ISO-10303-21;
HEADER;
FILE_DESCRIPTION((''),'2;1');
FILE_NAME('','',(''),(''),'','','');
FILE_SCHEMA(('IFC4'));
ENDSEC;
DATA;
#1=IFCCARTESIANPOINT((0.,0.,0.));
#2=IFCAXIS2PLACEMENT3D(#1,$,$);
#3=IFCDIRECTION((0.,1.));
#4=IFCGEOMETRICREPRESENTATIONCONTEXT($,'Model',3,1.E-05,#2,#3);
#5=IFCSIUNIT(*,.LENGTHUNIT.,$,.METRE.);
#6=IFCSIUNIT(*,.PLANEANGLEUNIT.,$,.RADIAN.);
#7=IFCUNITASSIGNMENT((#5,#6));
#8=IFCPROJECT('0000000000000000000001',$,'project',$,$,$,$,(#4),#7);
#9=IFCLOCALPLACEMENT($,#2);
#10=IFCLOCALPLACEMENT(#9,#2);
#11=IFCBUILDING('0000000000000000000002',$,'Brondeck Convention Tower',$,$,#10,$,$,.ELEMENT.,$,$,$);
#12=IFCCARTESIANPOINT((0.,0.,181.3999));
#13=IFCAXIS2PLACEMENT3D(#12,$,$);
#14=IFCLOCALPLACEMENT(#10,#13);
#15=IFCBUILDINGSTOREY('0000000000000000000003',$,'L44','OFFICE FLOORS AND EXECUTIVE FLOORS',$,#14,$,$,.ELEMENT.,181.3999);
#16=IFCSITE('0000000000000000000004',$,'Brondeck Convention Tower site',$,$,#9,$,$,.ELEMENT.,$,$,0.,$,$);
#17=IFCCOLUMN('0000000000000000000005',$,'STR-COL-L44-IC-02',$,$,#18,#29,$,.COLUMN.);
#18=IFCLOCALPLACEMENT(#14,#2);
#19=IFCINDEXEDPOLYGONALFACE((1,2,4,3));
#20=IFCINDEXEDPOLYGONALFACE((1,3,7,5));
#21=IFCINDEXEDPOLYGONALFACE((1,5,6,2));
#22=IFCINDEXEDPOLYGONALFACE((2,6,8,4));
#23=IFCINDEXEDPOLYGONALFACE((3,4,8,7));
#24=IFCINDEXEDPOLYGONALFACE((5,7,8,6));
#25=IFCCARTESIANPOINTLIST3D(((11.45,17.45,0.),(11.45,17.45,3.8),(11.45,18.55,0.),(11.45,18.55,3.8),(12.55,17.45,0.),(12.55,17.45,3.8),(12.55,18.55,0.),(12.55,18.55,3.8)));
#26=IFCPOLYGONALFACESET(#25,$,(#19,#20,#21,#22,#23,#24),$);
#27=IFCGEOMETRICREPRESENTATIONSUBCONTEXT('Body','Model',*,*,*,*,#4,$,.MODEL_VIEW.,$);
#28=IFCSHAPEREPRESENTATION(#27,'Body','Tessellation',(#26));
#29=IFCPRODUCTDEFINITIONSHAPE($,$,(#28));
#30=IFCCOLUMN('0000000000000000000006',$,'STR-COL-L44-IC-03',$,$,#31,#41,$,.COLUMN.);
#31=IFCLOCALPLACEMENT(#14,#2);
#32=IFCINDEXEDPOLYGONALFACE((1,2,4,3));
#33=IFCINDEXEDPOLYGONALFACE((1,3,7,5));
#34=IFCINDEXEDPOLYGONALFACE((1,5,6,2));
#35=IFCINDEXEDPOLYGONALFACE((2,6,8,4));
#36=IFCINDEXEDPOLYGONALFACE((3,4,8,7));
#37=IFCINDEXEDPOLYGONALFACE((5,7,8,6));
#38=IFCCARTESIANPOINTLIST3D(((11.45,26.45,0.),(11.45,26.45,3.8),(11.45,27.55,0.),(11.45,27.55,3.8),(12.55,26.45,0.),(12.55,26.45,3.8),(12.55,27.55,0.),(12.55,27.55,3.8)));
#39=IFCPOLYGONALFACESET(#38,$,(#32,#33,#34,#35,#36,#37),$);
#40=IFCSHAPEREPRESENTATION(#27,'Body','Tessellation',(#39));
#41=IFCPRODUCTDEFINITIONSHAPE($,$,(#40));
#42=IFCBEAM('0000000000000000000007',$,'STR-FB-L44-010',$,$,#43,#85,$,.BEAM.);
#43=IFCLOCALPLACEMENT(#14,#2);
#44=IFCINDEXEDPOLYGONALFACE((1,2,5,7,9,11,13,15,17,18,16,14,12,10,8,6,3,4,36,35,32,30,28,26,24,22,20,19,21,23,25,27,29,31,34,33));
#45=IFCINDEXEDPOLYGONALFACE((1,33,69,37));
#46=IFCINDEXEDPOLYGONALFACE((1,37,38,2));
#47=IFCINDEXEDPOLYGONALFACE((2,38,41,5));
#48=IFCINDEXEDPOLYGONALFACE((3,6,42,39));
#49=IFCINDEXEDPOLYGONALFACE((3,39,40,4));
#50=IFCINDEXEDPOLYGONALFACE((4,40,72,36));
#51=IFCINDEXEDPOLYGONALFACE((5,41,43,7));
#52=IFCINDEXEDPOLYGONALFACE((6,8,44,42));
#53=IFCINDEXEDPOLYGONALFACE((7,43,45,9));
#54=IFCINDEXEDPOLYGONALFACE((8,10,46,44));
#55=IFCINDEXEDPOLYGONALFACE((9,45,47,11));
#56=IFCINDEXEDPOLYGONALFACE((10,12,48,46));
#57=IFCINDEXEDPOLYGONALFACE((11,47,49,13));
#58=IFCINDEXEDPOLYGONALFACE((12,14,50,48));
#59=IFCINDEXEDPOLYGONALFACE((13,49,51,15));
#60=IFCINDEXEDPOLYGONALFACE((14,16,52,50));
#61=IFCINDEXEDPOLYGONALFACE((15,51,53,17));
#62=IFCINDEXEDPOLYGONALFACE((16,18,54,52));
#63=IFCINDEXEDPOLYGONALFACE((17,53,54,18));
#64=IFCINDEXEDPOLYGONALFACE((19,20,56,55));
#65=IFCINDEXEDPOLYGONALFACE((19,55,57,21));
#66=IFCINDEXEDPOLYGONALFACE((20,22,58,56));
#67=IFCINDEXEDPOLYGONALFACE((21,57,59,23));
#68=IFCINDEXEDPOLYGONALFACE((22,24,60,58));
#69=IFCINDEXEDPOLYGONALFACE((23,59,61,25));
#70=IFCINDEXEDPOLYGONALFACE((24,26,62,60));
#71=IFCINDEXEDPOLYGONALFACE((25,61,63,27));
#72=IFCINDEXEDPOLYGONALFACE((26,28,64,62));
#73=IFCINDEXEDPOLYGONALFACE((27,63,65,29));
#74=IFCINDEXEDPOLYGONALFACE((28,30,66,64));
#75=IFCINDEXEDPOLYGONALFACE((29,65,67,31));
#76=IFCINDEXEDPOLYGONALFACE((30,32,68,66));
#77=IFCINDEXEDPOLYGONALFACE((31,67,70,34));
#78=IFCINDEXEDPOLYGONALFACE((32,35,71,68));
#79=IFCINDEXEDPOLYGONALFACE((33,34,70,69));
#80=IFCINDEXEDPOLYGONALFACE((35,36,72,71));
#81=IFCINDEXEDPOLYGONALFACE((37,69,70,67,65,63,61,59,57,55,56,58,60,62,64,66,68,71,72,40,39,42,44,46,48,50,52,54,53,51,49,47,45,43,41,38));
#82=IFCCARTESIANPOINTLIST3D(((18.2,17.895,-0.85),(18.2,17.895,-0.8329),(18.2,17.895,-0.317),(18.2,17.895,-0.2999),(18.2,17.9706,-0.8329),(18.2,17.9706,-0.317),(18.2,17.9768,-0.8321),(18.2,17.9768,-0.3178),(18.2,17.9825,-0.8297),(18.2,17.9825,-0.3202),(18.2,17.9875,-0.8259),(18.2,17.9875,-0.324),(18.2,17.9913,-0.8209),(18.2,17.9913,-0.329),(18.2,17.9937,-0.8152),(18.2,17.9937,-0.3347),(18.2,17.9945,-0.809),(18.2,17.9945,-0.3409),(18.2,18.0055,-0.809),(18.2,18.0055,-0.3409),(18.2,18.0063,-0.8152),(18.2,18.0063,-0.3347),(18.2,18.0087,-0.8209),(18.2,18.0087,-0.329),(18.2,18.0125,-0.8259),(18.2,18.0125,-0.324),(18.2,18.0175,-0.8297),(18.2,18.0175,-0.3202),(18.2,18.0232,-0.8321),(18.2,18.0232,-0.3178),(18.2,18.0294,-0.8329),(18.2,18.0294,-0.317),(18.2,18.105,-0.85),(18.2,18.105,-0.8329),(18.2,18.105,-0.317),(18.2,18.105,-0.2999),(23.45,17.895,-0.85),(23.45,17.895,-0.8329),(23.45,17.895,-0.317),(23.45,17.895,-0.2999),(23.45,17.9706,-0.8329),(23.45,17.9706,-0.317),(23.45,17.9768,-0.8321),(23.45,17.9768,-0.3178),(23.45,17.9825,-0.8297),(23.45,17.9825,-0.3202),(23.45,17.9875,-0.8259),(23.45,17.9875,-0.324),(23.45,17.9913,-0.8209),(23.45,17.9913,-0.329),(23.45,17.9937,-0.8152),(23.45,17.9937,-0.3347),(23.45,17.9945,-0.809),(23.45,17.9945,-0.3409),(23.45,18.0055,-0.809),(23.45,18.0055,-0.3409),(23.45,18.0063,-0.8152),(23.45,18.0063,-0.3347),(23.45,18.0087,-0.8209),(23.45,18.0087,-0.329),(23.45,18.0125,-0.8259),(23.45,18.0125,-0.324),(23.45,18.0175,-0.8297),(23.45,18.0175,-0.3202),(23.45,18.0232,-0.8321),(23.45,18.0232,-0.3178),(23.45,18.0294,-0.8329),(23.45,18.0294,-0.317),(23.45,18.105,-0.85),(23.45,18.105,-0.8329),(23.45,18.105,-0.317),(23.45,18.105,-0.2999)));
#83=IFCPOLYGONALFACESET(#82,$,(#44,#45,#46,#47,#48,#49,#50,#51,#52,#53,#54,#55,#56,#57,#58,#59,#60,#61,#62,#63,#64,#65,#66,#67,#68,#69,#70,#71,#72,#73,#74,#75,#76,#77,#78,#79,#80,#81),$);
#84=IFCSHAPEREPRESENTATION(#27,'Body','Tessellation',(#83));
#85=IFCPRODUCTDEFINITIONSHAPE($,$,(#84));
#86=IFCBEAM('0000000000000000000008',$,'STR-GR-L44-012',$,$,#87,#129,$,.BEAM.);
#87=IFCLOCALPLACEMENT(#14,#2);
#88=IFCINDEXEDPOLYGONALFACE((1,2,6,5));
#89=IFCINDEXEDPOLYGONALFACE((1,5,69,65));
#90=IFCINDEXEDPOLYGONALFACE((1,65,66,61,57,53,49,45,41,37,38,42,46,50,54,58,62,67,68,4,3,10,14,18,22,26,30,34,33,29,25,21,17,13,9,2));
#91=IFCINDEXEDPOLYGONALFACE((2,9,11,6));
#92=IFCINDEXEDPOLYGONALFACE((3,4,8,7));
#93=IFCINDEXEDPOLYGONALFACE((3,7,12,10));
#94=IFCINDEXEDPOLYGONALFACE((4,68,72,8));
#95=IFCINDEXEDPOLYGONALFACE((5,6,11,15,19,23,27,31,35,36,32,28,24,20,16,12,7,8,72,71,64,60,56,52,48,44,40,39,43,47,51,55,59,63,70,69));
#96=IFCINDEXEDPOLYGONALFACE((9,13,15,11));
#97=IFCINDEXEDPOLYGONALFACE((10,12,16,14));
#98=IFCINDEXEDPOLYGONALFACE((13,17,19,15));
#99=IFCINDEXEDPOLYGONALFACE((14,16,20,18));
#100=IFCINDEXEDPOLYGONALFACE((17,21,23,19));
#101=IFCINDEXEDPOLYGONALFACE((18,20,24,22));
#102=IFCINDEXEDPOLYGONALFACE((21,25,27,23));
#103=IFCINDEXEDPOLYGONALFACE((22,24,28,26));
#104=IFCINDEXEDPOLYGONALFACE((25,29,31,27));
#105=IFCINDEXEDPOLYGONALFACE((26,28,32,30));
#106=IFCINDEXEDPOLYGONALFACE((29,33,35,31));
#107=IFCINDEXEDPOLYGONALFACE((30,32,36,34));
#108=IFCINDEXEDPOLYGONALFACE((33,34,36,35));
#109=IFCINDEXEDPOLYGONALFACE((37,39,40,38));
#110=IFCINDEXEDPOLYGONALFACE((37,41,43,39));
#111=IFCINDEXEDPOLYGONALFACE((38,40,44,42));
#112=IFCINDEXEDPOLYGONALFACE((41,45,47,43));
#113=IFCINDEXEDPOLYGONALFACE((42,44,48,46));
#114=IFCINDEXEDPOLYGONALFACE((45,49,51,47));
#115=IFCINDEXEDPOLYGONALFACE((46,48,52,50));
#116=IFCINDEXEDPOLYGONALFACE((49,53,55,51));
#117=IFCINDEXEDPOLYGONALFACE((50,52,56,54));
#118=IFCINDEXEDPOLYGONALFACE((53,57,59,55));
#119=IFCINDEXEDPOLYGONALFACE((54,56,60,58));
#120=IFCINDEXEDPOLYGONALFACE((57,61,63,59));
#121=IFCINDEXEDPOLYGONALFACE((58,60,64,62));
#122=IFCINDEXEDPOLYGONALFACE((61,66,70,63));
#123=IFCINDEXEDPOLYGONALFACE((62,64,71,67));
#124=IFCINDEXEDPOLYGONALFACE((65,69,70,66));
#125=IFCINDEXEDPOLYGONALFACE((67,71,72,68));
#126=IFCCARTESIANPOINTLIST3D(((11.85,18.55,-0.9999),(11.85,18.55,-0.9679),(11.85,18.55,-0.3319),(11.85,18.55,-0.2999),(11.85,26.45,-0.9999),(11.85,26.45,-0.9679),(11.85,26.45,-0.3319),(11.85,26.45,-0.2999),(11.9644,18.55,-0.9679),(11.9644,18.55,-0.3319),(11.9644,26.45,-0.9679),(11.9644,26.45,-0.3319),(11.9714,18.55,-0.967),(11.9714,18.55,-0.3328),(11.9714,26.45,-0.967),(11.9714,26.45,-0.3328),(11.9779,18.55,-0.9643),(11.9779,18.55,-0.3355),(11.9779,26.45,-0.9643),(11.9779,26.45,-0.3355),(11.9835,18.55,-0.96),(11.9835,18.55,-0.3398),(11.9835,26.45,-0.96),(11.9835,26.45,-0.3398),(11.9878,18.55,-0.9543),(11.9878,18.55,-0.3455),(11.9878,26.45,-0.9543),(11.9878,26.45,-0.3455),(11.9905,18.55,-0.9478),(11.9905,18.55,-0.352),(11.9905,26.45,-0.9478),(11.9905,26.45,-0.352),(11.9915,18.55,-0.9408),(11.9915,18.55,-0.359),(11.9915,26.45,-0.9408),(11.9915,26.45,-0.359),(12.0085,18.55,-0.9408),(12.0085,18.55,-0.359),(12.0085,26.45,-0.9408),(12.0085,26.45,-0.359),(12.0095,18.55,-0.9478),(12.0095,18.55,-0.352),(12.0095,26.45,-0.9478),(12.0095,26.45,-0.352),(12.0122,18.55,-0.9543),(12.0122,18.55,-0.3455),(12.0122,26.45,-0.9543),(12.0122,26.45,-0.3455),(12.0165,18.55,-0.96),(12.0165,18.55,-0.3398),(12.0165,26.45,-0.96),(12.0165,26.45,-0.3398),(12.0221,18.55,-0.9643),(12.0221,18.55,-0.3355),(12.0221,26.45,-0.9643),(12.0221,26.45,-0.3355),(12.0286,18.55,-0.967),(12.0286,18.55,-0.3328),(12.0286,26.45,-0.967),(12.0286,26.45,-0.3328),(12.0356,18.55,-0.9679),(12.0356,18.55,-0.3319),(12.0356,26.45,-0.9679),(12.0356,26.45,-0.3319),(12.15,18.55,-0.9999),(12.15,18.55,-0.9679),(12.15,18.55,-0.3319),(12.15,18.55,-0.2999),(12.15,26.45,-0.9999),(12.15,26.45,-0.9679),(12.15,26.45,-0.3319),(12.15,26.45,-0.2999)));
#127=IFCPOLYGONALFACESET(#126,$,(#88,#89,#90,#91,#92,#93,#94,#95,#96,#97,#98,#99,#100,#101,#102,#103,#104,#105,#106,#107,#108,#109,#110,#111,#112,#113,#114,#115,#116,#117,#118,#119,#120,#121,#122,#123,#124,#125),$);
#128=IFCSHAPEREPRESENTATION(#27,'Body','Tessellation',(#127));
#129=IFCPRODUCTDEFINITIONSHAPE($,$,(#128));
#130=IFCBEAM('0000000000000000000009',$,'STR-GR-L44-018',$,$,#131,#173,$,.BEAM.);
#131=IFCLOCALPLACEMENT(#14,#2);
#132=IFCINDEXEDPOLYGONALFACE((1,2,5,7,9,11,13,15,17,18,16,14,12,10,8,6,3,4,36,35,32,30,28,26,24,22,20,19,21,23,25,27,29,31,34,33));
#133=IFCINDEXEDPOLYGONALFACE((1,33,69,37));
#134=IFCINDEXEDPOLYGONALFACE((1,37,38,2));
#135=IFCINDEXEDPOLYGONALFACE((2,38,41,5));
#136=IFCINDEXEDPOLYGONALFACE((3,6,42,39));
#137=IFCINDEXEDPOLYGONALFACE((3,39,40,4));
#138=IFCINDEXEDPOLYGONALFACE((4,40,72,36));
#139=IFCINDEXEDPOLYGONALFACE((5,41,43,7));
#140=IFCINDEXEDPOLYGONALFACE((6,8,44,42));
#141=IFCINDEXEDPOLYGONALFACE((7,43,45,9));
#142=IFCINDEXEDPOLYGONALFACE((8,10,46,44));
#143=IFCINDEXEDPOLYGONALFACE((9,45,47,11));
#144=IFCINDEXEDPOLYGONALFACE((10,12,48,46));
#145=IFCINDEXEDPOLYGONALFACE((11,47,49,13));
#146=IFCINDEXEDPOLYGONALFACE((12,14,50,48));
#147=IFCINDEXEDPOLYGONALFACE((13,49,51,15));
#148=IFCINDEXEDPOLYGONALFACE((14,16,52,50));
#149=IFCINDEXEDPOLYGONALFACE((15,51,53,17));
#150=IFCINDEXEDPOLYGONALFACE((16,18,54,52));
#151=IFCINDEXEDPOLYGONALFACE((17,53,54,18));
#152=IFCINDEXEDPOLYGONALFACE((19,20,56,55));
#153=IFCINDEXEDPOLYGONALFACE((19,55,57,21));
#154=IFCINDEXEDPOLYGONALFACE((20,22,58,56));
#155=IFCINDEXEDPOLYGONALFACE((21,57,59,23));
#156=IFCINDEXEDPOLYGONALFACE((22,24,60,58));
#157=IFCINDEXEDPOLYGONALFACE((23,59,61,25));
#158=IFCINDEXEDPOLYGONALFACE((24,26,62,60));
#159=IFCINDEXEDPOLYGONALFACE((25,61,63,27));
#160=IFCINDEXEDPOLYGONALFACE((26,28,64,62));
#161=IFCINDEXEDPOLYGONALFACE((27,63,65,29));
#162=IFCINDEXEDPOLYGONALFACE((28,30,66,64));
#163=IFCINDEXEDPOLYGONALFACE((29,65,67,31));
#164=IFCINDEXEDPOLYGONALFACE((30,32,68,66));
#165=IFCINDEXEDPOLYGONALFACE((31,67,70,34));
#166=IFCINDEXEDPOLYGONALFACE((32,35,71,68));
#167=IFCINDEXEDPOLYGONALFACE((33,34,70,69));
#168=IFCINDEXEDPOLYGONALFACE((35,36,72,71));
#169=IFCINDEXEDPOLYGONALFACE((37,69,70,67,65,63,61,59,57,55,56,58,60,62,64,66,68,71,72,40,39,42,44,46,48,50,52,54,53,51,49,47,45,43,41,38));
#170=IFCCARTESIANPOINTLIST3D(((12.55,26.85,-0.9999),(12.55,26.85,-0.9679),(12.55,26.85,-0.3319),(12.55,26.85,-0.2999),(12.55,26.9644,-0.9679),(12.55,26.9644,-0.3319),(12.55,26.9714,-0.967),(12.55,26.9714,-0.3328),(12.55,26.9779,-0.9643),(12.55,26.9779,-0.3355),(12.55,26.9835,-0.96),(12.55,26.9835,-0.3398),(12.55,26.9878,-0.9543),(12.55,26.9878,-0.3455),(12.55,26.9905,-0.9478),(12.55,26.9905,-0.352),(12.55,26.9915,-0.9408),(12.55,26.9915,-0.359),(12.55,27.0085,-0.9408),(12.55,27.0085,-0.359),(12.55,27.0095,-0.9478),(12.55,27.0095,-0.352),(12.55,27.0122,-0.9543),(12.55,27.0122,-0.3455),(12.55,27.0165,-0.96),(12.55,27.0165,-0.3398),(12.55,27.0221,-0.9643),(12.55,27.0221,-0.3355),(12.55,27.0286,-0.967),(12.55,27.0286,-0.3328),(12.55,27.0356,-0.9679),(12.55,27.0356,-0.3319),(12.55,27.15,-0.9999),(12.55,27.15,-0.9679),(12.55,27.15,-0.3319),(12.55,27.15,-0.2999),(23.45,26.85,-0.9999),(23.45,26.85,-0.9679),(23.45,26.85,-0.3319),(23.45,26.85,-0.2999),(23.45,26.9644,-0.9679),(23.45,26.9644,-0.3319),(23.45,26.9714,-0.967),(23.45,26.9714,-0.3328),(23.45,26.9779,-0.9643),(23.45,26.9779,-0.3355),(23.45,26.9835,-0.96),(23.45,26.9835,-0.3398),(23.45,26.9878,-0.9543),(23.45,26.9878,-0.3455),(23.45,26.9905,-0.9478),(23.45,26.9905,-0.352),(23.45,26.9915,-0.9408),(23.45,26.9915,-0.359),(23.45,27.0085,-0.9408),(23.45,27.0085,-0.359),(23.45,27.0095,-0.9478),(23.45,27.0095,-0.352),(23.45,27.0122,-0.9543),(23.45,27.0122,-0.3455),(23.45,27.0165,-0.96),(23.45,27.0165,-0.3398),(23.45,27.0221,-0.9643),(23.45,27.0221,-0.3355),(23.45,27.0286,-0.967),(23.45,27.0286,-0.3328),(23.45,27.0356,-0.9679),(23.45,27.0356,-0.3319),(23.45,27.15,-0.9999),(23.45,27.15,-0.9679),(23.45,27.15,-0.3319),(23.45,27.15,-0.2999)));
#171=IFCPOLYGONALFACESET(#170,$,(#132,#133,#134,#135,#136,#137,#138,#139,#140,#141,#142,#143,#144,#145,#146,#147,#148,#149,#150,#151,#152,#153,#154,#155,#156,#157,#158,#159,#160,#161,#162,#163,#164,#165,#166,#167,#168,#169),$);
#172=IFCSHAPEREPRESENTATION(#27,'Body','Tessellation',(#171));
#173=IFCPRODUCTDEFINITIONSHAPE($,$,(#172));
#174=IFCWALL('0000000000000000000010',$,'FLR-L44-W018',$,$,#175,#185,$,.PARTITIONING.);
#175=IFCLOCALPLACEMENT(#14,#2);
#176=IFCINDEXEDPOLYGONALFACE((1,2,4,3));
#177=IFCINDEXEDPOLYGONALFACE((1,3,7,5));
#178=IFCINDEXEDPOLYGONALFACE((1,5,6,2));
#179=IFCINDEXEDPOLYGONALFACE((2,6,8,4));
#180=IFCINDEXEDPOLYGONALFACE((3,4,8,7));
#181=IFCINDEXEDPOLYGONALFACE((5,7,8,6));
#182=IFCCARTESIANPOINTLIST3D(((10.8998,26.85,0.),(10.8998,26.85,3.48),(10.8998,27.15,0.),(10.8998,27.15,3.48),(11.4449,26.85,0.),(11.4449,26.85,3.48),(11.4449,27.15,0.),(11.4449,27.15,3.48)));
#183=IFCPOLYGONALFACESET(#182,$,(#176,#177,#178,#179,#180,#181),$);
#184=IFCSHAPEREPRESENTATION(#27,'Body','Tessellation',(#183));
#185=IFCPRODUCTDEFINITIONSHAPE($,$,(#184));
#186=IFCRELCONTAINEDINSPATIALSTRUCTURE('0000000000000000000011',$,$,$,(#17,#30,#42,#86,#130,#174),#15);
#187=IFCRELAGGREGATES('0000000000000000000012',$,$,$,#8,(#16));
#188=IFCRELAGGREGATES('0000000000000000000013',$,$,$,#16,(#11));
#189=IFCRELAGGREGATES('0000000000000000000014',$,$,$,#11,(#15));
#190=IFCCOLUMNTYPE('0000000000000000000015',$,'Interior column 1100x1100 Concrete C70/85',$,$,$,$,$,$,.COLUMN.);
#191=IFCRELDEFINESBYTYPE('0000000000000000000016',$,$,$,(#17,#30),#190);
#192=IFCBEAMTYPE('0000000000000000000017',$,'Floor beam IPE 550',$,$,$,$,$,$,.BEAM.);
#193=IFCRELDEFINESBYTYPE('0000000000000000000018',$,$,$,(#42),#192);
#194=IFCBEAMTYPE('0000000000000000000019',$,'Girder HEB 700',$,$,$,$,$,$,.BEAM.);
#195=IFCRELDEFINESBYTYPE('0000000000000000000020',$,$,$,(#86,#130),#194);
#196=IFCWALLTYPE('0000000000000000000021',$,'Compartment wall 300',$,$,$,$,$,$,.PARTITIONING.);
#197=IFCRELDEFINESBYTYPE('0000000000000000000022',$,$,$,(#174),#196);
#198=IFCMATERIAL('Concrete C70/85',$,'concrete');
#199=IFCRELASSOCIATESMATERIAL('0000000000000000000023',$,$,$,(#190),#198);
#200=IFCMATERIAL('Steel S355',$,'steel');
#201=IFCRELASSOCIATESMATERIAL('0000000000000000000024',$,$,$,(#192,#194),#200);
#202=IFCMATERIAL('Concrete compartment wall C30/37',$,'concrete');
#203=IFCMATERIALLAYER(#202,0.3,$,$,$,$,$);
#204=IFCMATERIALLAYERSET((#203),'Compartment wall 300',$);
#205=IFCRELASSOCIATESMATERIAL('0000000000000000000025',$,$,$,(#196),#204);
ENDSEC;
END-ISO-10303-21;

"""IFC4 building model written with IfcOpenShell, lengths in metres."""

from ifc_helpers import new_model, si_unit, direction, frame, frame_2d, origin, origin_2d, place, context, subcontext, project, spatial, rectangle, i_section, extrude, material, layer, layer_set, material_profile, profile_set, type_object, element, save


model = new_model("IFC4")

# Units and contexts
model_context = context("Model", 3, precision=1e-05, world=origin(), true_north=direction((0.0, 1.0)))
body_context = subcontext(model_context, "Body", "Model", "MODEL_VIEW")
ifc_project = project(units=[si_unit("LENGTHUNIT", "METRE"), si_unit("PLANEANGLEUNIT", "RADIAN")], contexts=[model_context])

# Site, building, storey
site_placement = place(None, origin())
site = spatial("IfcSite", under=ifc_project, at=site_placement, Name="Brondeck Convention Tower site", CompositionType="ELEMENT", RefElevation=0.0)
building_placement = place(site_placement, origin())
building = spatial("IfcBuilding", under=site, at=building_placement, Name="Brondeck Convention Tower", CompositionType="ELEMENT")
storey_placement = place(building_placement, frame((0.0, 0.0, 181.3999)))
storey = spatial("IfcBuildingStorey", under=building, at=storey_placement, Name="L44", Description="OFFICE FLOORS AND EXECUTIVE FLOORS", CompositionType="ELEMENT", Elevation=181.3999)

# Columns
ifc_material_1 = material(Name="Concrete C70/85", Category="concrete")
ifc_material_profile_1 = material_profile(ifc_material_1, rectangle(XDim=1.1001, YDim=1.1001, at=origin_2d()), Name="Interior column 1100x1100 Concrete C70/85")
ifc_profile_set_1 = profile_set([ifc_material_profile_1], Name="Concrete C70/85")
column_type = type_object("IfcColumnType", Name="Interior column 1100x1100 Concrete C70/85", PredefinedType="COLUMN", material=ifc_profile_set_1)
for number, where, z_axis, x_axis, name in (
    (1, (12.0, 18.0, 0.0), (0.0, 0.0, 1.0), (1.0, 0.0, 0.0), "STR-COL-L44-IC-02"),
    (2, (12.0, 27.0, 0.0), (0.0, 0.0, 1.0), (1.0, 0.0, 0.0), "STR-COL-L44-IC-03"),
):
    element("IfcColumn", number, at=place(storey_placement, frame(where, z_axis=z_axis, x_axis=x_axis)), inside=storey, type_object=column_type, Name=name, PredefinedType="COLUMN", context=body_context, shape_type="SweptSolid", body=[
        extrude(rectangle(XDim=1.1001, YDim=1.1001, at=origin_2d()), origin(), (0.0, 0.0, 1.0), 3.8),
    ])

# Beams
ifc_material_2 = material(Name="Steel S355", Category="steel")
ifc_material_profile_2 = material_profile(ifc_material_2, i_section(OverallWidth=0.21, OverallDepth=0.55, WebThickness=0.011, FlangeThickness=0.0171, FilletRadius=0.0239, at=origin_2d()), Name="IPE 550")
ifc_profile_set_2 = profile_set([ifc_material_profile_2], Name="Steel S355")
beam_type_1 = type_object("IfcBeamType", Name="Floor beam IPE 550", PredefinedType="BEAM", material=ifc_profile_set_2)
beam_1_placement = place(storey_placement, frame((18.2, 18.0, -0.575), z_axis=(1.0, 0.0, 0.0), x_axis=(0.0, 1.0, 0.0)))
element("IfcBeam", 3, at=beam_1_placement, inside=storey, type_object=beam_type_1, Name="STR-FB-L44-010", PredefinedType="BEAM", context=body_context, shape_type="SweptSolid", body=[
    extrude(i_section(OverallWidth=0.21, OverallDepth=0.55, WebThickness=0.011, FlangeThickness=0.0171, FilletRadius=0.0239, at=origin_2d()), origin(), (0.0, 0.0, 1.0), 5.25),
])
ifc_material_profile_3 = material_profile(ifc_material_2, i_section(OverallWidth=0.3, OverallDepth=0.7, WebThickness=0.0171, FlangeThickness=0.032, FilletRadius=0.0271, at=origin_2d()), Name="HEB 700")
ifc_profile_set_3 = profile_set([ifc_material_profile_3], Name="Steel S355")
beam_type_2 = type_object("IfcBeamType", Name="Girder HEB 700", PredefinedType="BEAM", material=ifc_profile_set_3)
beam_2_placement = place(storey_placement, frame((12.0, 26.45, -0.6499), z_axis=(0.0, -1.0, 0.0), x_axis=(1.0, 0.0, 0.0)))
element("IfcBeam", 4, at=beam_2_placement, inside=storey, type_object=beam_type_2, Name="STR-GR-L44-012", PredefinedType="BEAM", context=body_context, shape_type="SweptSolid", body=[
    extrude(i_section(OverallWidth=0.3, OverallDepth=0.7, WebThickness=0.0171, FlangeThickness=0.032, FilletRadius=0.0271, at=origin_2d()), origin(), (0.0, 0.0, 1.0), 7.8999),
])
beam_3_placement = place(storey_placement, frame((12.55, 27.0, -0.6499), z_axis=(1.0, 0.0, 0.0), x_axis=(0.0, 1.0, 0.0)))
element("IfcBeam", 5, at=beam_3_placement, inside=storey, type_object=beam_type_2, Name="STR-GR-L44-018", PredefinedType="BEAM", context=body_context, shape_type="SweptSolid", body=[
    extrude(i_section(OverallWidth=0.3, OverallDepth=0.7, WebThickness=0.0171, FlangeThickness=0.032, FilletRadius=0.0271, at=origin_2d()), origin(), (0.0, 0.0, 1.0), 10.8999),
])

# Wall
ifc_material_3 = material(Name="Concrete compartment wall C30/37", Category="concrete")
ifc_layer_1 = layer(ifc_material_3, 0.3)
ifc_layer_set_1 = layer_set([ifc_layer_1], Name="Compartment wall 300")
wall_type_1 = type_object("IfcWallType", Name="Compartment wall 300", PredefinedType="PARTITIONING", material=ifc_layer_set_1)
wall_1_placement = place(storey_placement, frame((10.8999, 27.0, 0.0), z_axis=(0.0, 0.0, 1.0), x_axis=(1.0, 0.0, 0.0)))
element("IfcWall", 6, at=wall_1_placement, inside=storey, type_object=wall_type_1, Name="FLR-L44-W018", PredefinedType="PARTITIONING", context=body_context, shape_type="SweptSolid", body=[
    extrude(rectangle(XDim=0.5452, YDim=0.3, at=frame_2d((0.2725, 0.0))), origin(), (0.0, 0.0, 1.0), 3.48),
])

save(model, "model.ifc")
